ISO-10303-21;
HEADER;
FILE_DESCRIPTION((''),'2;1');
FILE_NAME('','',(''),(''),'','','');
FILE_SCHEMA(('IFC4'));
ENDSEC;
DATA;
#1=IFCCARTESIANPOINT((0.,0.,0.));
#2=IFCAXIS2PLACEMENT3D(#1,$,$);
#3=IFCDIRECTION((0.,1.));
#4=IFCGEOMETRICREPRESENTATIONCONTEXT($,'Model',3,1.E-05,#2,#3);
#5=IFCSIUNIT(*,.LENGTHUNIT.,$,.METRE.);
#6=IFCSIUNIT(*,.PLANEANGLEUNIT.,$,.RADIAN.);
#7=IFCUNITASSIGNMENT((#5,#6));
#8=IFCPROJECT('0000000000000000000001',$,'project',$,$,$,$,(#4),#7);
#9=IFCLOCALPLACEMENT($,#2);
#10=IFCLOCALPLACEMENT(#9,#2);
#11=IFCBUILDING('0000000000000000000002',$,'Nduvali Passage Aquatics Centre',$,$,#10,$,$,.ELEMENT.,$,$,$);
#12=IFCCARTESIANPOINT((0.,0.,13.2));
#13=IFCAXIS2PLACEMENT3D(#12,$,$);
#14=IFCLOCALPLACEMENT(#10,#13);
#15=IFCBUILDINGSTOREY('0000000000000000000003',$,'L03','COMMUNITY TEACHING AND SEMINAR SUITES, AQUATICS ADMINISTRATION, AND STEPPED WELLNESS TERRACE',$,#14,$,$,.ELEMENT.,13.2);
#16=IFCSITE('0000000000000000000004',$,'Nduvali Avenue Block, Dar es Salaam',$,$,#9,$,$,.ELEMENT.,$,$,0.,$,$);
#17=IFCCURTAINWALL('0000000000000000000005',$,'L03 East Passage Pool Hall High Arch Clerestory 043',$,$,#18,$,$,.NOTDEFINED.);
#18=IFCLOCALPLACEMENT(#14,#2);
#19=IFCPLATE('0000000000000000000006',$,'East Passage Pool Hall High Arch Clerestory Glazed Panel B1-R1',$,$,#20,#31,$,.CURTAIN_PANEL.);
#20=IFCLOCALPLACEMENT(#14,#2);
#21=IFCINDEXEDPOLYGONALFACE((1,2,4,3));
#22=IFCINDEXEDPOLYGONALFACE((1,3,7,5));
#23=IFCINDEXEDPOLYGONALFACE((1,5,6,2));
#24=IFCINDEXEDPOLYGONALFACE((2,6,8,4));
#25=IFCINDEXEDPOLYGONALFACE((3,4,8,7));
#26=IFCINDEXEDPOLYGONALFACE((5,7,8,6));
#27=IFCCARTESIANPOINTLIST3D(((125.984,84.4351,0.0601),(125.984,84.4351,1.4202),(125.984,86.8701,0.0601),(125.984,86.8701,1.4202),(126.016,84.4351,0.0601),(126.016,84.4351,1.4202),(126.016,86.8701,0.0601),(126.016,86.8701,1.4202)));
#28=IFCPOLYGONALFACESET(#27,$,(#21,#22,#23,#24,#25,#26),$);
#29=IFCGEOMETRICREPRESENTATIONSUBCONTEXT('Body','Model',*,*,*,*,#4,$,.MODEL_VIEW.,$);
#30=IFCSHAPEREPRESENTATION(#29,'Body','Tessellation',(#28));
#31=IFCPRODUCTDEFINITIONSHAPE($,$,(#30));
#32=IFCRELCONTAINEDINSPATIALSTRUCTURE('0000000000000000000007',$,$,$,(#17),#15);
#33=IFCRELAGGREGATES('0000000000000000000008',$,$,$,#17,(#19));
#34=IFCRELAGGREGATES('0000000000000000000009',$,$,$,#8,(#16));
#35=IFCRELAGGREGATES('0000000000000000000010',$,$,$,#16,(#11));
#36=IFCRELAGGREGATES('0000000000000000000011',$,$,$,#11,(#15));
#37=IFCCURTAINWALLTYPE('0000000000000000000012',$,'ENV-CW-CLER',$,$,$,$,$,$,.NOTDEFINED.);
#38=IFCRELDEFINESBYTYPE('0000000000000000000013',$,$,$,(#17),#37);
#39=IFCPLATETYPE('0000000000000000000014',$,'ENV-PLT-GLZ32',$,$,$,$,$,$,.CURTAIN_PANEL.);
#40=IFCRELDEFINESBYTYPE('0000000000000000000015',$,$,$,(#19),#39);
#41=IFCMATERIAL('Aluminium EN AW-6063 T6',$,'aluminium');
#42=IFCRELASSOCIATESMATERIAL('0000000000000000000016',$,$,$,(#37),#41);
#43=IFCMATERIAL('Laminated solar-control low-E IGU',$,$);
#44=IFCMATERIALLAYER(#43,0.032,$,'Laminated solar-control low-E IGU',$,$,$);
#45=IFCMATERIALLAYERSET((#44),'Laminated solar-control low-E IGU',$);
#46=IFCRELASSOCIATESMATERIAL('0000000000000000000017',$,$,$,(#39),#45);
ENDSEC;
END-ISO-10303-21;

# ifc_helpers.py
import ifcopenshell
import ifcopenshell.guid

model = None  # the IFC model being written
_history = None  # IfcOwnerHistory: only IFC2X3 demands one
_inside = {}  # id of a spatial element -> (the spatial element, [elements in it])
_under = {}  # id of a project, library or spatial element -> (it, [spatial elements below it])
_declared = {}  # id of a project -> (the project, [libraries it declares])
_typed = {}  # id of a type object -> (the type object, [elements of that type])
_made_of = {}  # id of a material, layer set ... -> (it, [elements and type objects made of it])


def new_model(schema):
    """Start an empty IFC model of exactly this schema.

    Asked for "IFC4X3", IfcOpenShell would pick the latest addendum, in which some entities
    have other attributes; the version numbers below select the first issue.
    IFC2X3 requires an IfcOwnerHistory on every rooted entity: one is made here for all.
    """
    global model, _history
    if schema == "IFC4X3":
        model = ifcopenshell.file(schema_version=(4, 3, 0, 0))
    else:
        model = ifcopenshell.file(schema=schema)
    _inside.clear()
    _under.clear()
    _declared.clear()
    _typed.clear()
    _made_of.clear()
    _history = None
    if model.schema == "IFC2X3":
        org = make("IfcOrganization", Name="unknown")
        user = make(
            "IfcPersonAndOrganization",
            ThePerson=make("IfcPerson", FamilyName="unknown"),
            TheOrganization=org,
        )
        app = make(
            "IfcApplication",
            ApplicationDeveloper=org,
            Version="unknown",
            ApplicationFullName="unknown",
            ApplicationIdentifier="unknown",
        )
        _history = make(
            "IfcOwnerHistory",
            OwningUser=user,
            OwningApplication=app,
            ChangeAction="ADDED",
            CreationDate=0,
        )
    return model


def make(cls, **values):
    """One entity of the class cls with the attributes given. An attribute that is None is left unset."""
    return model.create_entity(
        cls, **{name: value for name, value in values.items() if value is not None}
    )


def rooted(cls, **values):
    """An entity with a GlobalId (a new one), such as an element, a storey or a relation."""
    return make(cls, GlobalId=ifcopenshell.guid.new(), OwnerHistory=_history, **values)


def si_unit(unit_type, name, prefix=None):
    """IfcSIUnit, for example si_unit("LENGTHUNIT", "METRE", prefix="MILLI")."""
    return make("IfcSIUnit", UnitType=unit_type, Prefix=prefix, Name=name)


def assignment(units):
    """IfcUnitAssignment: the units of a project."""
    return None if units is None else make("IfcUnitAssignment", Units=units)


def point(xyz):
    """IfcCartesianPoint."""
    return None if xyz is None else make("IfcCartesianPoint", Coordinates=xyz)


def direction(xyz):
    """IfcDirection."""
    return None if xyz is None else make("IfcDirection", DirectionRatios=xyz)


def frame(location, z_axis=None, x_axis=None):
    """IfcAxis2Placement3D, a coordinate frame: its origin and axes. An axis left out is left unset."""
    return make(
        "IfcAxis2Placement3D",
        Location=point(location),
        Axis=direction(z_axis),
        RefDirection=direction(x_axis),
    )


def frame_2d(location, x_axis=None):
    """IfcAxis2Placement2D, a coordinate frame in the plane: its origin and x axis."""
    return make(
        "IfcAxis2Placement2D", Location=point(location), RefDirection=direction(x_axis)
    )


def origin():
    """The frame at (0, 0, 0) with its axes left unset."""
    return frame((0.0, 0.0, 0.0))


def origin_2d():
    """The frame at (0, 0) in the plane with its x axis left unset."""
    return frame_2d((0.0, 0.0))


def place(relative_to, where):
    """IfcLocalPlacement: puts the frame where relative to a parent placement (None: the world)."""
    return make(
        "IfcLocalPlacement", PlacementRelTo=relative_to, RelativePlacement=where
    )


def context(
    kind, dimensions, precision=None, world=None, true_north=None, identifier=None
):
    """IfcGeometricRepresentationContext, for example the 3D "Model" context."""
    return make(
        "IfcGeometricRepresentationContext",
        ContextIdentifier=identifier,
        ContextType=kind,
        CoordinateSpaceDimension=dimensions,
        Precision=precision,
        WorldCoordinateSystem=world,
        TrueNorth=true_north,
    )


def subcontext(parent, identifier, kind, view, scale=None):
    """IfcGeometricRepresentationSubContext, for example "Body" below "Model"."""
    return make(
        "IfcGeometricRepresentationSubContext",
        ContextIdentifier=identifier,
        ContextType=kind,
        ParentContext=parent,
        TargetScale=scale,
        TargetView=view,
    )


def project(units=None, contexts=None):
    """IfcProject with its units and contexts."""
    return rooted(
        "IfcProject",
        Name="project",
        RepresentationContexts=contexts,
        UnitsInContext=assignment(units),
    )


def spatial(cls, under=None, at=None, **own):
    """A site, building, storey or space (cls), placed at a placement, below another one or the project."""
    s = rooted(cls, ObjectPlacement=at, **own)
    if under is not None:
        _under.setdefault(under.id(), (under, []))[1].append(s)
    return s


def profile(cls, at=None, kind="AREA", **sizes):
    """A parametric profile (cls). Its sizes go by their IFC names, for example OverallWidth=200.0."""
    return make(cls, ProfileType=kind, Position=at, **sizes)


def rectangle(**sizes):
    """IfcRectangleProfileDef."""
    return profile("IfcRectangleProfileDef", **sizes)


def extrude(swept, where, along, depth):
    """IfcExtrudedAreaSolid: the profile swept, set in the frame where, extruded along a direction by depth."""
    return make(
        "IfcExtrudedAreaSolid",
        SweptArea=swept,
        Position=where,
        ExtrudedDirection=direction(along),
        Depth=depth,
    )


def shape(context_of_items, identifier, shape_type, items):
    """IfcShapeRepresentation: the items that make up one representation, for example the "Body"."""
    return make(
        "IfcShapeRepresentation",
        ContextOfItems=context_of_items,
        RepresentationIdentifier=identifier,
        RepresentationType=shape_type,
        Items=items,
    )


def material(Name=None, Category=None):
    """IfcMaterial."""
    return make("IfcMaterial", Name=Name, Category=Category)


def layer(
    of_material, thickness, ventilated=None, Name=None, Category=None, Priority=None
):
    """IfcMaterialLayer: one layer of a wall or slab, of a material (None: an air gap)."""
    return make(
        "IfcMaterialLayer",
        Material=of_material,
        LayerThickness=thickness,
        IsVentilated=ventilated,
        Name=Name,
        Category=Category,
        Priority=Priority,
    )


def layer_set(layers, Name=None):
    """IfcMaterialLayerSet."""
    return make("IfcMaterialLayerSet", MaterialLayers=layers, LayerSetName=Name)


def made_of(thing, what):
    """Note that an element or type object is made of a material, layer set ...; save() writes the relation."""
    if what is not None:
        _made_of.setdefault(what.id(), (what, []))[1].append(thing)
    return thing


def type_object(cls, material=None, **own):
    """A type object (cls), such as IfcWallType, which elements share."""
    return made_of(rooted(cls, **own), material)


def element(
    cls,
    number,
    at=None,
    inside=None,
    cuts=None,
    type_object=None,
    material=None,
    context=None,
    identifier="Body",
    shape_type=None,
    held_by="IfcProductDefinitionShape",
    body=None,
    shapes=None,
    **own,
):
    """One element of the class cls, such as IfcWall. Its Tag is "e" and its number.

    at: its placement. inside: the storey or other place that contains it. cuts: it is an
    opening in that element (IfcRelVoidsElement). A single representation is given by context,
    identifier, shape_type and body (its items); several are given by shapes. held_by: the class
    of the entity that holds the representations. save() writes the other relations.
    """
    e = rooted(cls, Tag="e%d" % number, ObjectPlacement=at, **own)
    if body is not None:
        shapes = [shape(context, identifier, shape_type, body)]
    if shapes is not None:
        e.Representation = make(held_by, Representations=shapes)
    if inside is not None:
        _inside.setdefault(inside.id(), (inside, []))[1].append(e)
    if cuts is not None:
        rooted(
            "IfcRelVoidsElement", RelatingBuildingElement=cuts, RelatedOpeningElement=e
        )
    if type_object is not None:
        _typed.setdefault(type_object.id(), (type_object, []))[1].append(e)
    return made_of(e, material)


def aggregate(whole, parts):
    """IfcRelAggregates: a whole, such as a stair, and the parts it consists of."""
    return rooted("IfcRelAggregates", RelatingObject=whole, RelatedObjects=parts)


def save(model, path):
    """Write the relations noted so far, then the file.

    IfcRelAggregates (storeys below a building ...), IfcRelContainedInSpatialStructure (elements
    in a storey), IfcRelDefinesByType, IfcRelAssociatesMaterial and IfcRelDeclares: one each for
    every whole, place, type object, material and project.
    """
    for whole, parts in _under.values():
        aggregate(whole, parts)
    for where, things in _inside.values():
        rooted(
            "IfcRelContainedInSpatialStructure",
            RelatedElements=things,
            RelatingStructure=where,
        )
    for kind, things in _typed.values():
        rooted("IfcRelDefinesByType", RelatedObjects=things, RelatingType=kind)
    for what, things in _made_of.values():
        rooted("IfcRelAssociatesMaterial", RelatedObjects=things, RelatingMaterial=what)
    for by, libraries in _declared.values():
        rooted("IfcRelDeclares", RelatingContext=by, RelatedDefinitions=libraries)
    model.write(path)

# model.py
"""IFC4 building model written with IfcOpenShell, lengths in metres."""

from ifc_helpers import new_model, si_unit, direction, frame, origin, origin_2d, place, context, subcontext, project, spatial, rectangle, extrude, material, layer, layer_set, type_object, element, aggregate, save


model = new_model("IFC4")

# Units and contexts
model_context = context("Model", 3, precision=1e-05, world=origin(), true_north=direction((0.0, 1.0)))
body_context = subcontext(model_context, "Body", "Model", "MODEL_VIEW")
ifc_project = project(units=[si_unit("LENGTHUNIT", "METRE"), si_unit("PLANEANGLEUNIT", "RADIAN")], contexts=[model_context])

# Site, building, storey
site_placement = place(None, origin())
site = spatial("IfcSite", under=ifc_project, at=site_placement, Name="Nduvali Avenue Block, Dar es Salaam", CompositionType="ELEMENT", RefElevation=0.0)
building_placement = place(site_placement, origin())
building = spatial("IfcBuilding", under=site, at=building_placement, Name="Nduvali Passage Aquatics Centre", CompositionType="ELEMENT")
storey_placement = place(building_placement, frame((0.0, 0.0, 13.2)))
storey = spatial("IfcBuildingStorey", under=building, at=storey_placement, Name="L03", Description="COMMUNITY TEACHING AND SEMINAR SUITES, AQUATICS ADMINISTRATION, AND STEPPED WELLNESS TERRACE", CompositionType="ELEMENT", Elevation=13.2)

# Shared definitions
ifc_material_1 = material(Name="Aluminium EN AW-6063 T6", Category="aluminium")
curtain_wall_type = type_object("IfcCurtainWallType", Name="ENV-CW-CLER", PredefinedType="NOTDEFINED", material=ifc_material_1)

# Curtain wall
curtain_wall_1_placement = place(storey_placement, origin())
curtain_wall_1 = element("IfcCurtainWall", 1, at=curtain_wall_1_placement, inside=storey, type_object=curtain_wall_type, Name="L03 East Passage Pool Hall High Arch Clerestory 043", PredefinedType="NOTDEFINED")

# Plate
ifc_material_2 = material(Name="Laminated solar-control low-E IGU")
ifc_layer = layer(ifc_material_2, 0.032, Name="Laminated solar-control low-E IGU")
ifc_layer_set = layer_set([ifc_layer], Name="Laminated solar-control low-E IGU")
plate_type = type_object("IfcPlateType", Name="ENV-PLT-GLZ32", PredefinedType="CURTAIN_PANEL", material=ifc_layer_set)
plate_1_placement = place(storey_placement, frame((126.0, 85.6526, 0.0601), z_axis=(0.0, 0.0, 1.0), x_axis=(0.0, 1.0, 0.0)))
plate_1 = element("IfcPlate", 2, at=plate_1_placement, type_object=plate_type, Name="East Passage Pool Hall High Arch Clerestory Glazed Panel B1-R1", PredefinedType="CURTAIN_PANEL", context=body_context, shape_type="SweptSolid", body=[
    extrude(rectangle(XDim=2.4351, YDim=0.032, at=origin_2d()), origin(), (0.0, 0.0, 1.0), 1.3601),
])
aggregate(curtain_wall_1, [plate_1])

save(model, "model.ifc")
